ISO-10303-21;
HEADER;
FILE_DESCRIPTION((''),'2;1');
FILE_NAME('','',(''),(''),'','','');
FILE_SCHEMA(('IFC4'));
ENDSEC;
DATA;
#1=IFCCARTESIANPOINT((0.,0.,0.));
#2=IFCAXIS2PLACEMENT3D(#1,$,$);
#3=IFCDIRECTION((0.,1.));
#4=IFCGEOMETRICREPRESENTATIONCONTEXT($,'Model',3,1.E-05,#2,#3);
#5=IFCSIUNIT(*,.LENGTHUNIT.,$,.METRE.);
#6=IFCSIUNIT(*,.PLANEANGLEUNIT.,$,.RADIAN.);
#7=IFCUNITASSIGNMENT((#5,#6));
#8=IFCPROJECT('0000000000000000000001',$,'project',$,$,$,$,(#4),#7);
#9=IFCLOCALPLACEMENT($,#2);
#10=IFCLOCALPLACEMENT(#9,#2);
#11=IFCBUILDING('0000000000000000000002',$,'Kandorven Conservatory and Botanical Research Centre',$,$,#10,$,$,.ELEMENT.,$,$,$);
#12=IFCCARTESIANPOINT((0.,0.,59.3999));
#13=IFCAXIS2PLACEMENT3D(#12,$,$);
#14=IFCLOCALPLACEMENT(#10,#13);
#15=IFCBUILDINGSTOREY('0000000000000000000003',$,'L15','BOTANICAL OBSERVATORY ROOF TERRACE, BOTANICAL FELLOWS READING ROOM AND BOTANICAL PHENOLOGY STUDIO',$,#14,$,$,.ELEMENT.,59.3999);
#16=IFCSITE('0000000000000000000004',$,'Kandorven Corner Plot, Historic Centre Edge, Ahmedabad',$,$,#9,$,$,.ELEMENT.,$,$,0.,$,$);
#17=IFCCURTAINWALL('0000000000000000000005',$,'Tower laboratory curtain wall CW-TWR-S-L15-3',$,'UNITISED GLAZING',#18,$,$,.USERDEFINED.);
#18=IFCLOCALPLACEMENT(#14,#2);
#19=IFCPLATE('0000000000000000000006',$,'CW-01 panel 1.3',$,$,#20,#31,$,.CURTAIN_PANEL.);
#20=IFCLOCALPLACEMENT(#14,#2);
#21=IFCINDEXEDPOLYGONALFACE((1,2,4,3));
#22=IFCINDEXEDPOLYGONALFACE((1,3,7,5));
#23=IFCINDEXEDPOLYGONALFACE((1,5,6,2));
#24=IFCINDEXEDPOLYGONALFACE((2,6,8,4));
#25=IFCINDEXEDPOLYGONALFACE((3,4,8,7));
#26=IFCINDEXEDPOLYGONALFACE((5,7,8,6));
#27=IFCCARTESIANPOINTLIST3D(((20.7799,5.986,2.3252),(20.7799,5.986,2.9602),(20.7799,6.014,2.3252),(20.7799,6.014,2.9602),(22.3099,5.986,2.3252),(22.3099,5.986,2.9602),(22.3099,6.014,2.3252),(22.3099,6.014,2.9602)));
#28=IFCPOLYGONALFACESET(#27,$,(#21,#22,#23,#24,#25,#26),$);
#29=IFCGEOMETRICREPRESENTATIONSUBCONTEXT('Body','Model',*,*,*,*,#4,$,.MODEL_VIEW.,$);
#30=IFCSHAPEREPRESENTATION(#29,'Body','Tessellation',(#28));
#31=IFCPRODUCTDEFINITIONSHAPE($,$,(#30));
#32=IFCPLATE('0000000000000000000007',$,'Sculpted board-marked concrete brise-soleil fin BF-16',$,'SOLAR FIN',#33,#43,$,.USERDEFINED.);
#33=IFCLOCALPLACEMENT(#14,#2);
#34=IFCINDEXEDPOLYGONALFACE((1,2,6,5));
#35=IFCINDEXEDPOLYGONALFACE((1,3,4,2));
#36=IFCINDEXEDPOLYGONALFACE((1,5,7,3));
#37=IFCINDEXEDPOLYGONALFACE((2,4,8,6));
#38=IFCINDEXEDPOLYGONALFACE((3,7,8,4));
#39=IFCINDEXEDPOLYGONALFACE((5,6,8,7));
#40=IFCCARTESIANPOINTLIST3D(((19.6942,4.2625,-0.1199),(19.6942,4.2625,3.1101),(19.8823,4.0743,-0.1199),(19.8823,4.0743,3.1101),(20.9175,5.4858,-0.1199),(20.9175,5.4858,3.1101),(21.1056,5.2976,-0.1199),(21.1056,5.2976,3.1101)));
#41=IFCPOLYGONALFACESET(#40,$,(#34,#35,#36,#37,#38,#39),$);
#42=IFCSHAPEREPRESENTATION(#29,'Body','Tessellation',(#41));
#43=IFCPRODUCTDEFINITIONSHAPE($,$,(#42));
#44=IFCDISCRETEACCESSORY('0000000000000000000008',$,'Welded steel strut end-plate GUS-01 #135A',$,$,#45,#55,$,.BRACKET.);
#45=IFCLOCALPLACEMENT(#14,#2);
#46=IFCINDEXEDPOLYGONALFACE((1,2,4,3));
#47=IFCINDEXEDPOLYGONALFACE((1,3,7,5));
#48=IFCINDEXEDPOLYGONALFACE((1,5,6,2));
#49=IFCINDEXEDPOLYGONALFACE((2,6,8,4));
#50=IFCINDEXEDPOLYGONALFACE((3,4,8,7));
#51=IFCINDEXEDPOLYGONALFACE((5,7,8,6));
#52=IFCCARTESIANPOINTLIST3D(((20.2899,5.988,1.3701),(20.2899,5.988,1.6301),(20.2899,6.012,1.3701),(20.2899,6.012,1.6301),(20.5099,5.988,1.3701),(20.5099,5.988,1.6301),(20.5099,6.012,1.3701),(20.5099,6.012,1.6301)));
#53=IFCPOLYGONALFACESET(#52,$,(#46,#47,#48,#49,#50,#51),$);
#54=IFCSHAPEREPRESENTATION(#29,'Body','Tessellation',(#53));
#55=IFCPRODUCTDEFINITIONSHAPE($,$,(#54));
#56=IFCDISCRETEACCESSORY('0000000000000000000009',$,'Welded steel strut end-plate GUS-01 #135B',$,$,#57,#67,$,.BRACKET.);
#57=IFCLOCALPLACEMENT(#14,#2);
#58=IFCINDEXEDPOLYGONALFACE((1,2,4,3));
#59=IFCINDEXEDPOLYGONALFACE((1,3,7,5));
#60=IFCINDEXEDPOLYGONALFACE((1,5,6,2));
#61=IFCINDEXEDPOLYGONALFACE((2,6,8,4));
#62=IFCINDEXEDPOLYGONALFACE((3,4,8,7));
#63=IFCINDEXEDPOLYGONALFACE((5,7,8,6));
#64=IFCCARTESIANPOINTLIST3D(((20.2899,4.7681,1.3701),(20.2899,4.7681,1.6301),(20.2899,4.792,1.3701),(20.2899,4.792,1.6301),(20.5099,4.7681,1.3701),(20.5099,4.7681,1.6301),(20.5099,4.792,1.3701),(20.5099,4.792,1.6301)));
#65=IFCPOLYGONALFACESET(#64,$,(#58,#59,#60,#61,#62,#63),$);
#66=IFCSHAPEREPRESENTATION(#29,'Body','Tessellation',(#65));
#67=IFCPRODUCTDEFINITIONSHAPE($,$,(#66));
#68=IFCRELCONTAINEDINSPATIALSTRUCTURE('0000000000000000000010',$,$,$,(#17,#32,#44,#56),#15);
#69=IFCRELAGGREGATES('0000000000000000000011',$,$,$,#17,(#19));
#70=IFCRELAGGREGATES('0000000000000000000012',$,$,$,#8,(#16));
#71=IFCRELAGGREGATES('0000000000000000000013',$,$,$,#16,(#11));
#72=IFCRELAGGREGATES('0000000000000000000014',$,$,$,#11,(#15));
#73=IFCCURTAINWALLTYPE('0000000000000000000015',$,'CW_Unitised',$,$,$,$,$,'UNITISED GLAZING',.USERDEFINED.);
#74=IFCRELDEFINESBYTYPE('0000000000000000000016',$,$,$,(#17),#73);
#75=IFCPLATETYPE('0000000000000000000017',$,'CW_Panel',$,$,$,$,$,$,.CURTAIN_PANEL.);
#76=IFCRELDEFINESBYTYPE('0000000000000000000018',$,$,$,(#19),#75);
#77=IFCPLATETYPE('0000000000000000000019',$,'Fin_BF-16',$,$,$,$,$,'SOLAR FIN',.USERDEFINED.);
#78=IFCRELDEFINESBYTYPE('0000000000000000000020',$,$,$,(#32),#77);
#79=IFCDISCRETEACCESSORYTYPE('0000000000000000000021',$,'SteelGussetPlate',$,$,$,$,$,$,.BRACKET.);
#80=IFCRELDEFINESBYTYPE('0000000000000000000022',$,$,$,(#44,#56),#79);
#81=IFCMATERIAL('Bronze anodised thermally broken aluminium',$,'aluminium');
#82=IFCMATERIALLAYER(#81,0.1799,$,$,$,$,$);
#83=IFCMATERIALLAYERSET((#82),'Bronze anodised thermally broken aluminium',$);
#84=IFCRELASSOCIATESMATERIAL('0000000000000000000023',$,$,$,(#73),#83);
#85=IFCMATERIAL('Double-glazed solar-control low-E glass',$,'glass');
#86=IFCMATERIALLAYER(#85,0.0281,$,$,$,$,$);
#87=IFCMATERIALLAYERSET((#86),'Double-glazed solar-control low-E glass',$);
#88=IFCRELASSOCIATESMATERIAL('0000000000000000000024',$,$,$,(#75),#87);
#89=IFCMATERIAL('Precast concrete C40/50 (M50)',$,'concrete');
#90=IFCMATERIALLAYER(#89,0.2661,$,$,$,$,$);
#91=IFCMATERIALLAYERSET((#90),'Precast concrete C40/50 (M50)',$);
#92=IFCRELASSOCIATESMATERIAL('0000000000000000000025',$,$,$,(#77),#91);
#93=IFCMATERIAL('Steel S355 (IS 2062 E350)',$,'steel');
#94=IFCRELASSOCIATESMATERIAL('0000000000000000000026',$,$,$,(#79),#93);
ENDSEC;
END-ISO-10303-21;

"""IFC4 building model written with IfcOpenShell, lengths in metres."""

from ifc_helpers import new_model, si_unit, direction, frame, origin, origin_2d, place, context, subcontext, project, spatial, rectangle, extrude, material, layer, layer_set, type_object, element, aggregate, save


model = new_model("IFC4")

# Units and contexts
model_context = context("Model", 3, precision=1e-05, world=origin(), true_north=direction((0.0, 1.0)))
body_context = subcontext(model_context, "Body", "Model", "MODEL_VIEW")
ifc_project = project(units=[si_unit("LENGTHUNIT", "METRE"), si_unit("PLANEANGLEUNIT", "RADIAN")], contexts=[model_context])

# Site, building, storey
site_placement = place(None, origin())
site = spatial("IfcSite", under=ifc_project, at=site_placement, Name="Kandorven Corner Plot, Historic Centre Edge, Ahmedabad", CompositionType="ELEMENT", RefElevation=0.0)
building_placement = place(site_placement, origin())
building = spatial("IfcBuilding", under=site, at=building_placement, Name="Kandorven Conservatory and Botanical Research Centre", CompositionType="ELEMENT")
storey_placement = place(building_placement, frame((0.0, 0.0, 59.3999)))
storey = spatial("IfcBuildingStorey", under=building, at=storey_placement, Name="L15", Description="BOTANICAL OBSERVATORY ROOF TERRACE, BOTANICAL FELLOWS READING ROOM AND BOTANICAL PHENOLOGY STUDIO", CompositionType="ELEMENT", Elevation=59.3999)

# Curtain wall
ifc_material_1 = material(Name="Bronze anodised thermally broken aluminium", Category="aluminium")
ifc_layer_1 = layer(ifc_material_1, 0.1799)
ifc_layer_set_1 = layer_set([ifc_layer_1], Name="Bronze anodised thermally broken aluminium")
curtain_wall_type = type_object("IfcCurtainWallType", Name="CW_Unitised", ElementType="UNITISED GLAZING", PredefinedType="USERDEFINED", material=ifc_layer_set_1)
curtain_wall_1_placement = place(storey_placement, origin())
curtain_wall_1 = element("IfcCurtainWall", 1, at=curtain_wall_1_placement, inside=storey, type_object=curtain_wall_type, Name="Tower laboratory curtain wall CW-TWR-S-L15-3", ObjectType="UNITISED GLAZING", PredefinedType="USERDEFINED")

# Plates
ifc_material_2 = material(Name="Double-glazed solar-control low-E glass", Category="glass")
ifc_layer_2 = layer(ifc_material_2, 0.0281)
ifc_layer_set_2 = layer_set([ifc_layer_2], Name="Double-glazed solar-control low-E glass")
plate_type_1 = type_object("IfcPlateType", Name="CW_Panel", PredefinedType="CURTAIN_PANEL", material=ifc_layer_set_2)
plate_1_placement = place(storey_placement, frame((21.5449, 6.0, 2.3252), z_axis=(0.0, 0.0, 1.0), x_axis=(1.0, 0.0, 0.0)))
plate_1 = element("IfcPlate", 2, at=plate_1_placement, type_object=plate_type_1, Name="CW-01 panel 1.3", PredefinedType="CURTAIN_PANEL", context=body_context, shape_type="SweptSolid", body=[
    extrude(rectangle(XDim=1.53, YDim=0.0281, at=origin_2d()), origin(), (0.0, 0.0, 1.0), 0.635),
])
aggregate(curtain_wall_1, [plate_1])
ifc_material_3 = material(Name="Precast concrete C40/50 (M50)", Category="concrete")
ifc_layer_3 = layer(ifc_material_3, 0.2661)
ifc_layer_set_3 = layer_set([ifc_layer_3], Name="Precast concrete C40/50 (M50)")
plate_type_2 = type_object("IfcPlateType", Name="Fin_BF-16", ElementType="SOLAR FIN", PredefinedType="USERDEFINED", material=ifc_layer_set_3)
plate_2_placement = place(storey_placement, frame((20.3999, 4.78, -0.1199), z_axis=(0.0, 0.0, 1.0), x_axis=(0.707107, 0.707107, 0.0)))
element("IfcPlate", 3, at=plate_2_placement, inside=storey, type_object=plate_type_2, Name="Sculpted board-marked concrete brise-soleil fin BF-16", ObjectType="SOLAR FIN", PredefinedType="USERDEFINED", context=body_context, shape_type="SweptSolid", body=[
    extrude(rectangle(XDim=1.73, YDim=0.2661, at=origin_2d()), origin(), (0.0, 0.0, 1.0), 3.23),
])

# Discrete accessories
ifc_material_4 = material(Name="Steel S355 (IS 2062 E350)", Category="steel")
discrete_accessory_type = type_object("IfcDiscreteAccessoryType", Name="SteelGussetPlate", PredefinedType="BRACKET", material=ifc_material_4)
for number, where, z_axis, x_axis, name in (
    (4, (20.3999, 6.0, 1.3701), (0.0, 0.0, 1.0), (1.0, 0.0, 0.0), "Welded steel strut end-plate GUS-01 #135A"),
    (5, (20.3999, 4.78, 1.3701), (0.0, 0.0, 1.0), (1.0, 0.0, 0.0), "Welded steel strut end-plate GUS-01 #135B"),
):
    element("IfcDiscreteAccessory", number, at=place(storey_placement, frame(where, z_axis=z_axis, x_axis=x_axis)), inside=storey, type_object=discrete_accessory_type, Name=name, PredefinedType="BRACKET", context=body_context, shape_type="SweptSolid", body=[
        extrude(rectangle(XDim=0.22, YDim=0.0239, at=origin_2d()), origin(), (0.0, 0.0, 1.0), 0.26),
    ])

save(model, "model.ifc")
